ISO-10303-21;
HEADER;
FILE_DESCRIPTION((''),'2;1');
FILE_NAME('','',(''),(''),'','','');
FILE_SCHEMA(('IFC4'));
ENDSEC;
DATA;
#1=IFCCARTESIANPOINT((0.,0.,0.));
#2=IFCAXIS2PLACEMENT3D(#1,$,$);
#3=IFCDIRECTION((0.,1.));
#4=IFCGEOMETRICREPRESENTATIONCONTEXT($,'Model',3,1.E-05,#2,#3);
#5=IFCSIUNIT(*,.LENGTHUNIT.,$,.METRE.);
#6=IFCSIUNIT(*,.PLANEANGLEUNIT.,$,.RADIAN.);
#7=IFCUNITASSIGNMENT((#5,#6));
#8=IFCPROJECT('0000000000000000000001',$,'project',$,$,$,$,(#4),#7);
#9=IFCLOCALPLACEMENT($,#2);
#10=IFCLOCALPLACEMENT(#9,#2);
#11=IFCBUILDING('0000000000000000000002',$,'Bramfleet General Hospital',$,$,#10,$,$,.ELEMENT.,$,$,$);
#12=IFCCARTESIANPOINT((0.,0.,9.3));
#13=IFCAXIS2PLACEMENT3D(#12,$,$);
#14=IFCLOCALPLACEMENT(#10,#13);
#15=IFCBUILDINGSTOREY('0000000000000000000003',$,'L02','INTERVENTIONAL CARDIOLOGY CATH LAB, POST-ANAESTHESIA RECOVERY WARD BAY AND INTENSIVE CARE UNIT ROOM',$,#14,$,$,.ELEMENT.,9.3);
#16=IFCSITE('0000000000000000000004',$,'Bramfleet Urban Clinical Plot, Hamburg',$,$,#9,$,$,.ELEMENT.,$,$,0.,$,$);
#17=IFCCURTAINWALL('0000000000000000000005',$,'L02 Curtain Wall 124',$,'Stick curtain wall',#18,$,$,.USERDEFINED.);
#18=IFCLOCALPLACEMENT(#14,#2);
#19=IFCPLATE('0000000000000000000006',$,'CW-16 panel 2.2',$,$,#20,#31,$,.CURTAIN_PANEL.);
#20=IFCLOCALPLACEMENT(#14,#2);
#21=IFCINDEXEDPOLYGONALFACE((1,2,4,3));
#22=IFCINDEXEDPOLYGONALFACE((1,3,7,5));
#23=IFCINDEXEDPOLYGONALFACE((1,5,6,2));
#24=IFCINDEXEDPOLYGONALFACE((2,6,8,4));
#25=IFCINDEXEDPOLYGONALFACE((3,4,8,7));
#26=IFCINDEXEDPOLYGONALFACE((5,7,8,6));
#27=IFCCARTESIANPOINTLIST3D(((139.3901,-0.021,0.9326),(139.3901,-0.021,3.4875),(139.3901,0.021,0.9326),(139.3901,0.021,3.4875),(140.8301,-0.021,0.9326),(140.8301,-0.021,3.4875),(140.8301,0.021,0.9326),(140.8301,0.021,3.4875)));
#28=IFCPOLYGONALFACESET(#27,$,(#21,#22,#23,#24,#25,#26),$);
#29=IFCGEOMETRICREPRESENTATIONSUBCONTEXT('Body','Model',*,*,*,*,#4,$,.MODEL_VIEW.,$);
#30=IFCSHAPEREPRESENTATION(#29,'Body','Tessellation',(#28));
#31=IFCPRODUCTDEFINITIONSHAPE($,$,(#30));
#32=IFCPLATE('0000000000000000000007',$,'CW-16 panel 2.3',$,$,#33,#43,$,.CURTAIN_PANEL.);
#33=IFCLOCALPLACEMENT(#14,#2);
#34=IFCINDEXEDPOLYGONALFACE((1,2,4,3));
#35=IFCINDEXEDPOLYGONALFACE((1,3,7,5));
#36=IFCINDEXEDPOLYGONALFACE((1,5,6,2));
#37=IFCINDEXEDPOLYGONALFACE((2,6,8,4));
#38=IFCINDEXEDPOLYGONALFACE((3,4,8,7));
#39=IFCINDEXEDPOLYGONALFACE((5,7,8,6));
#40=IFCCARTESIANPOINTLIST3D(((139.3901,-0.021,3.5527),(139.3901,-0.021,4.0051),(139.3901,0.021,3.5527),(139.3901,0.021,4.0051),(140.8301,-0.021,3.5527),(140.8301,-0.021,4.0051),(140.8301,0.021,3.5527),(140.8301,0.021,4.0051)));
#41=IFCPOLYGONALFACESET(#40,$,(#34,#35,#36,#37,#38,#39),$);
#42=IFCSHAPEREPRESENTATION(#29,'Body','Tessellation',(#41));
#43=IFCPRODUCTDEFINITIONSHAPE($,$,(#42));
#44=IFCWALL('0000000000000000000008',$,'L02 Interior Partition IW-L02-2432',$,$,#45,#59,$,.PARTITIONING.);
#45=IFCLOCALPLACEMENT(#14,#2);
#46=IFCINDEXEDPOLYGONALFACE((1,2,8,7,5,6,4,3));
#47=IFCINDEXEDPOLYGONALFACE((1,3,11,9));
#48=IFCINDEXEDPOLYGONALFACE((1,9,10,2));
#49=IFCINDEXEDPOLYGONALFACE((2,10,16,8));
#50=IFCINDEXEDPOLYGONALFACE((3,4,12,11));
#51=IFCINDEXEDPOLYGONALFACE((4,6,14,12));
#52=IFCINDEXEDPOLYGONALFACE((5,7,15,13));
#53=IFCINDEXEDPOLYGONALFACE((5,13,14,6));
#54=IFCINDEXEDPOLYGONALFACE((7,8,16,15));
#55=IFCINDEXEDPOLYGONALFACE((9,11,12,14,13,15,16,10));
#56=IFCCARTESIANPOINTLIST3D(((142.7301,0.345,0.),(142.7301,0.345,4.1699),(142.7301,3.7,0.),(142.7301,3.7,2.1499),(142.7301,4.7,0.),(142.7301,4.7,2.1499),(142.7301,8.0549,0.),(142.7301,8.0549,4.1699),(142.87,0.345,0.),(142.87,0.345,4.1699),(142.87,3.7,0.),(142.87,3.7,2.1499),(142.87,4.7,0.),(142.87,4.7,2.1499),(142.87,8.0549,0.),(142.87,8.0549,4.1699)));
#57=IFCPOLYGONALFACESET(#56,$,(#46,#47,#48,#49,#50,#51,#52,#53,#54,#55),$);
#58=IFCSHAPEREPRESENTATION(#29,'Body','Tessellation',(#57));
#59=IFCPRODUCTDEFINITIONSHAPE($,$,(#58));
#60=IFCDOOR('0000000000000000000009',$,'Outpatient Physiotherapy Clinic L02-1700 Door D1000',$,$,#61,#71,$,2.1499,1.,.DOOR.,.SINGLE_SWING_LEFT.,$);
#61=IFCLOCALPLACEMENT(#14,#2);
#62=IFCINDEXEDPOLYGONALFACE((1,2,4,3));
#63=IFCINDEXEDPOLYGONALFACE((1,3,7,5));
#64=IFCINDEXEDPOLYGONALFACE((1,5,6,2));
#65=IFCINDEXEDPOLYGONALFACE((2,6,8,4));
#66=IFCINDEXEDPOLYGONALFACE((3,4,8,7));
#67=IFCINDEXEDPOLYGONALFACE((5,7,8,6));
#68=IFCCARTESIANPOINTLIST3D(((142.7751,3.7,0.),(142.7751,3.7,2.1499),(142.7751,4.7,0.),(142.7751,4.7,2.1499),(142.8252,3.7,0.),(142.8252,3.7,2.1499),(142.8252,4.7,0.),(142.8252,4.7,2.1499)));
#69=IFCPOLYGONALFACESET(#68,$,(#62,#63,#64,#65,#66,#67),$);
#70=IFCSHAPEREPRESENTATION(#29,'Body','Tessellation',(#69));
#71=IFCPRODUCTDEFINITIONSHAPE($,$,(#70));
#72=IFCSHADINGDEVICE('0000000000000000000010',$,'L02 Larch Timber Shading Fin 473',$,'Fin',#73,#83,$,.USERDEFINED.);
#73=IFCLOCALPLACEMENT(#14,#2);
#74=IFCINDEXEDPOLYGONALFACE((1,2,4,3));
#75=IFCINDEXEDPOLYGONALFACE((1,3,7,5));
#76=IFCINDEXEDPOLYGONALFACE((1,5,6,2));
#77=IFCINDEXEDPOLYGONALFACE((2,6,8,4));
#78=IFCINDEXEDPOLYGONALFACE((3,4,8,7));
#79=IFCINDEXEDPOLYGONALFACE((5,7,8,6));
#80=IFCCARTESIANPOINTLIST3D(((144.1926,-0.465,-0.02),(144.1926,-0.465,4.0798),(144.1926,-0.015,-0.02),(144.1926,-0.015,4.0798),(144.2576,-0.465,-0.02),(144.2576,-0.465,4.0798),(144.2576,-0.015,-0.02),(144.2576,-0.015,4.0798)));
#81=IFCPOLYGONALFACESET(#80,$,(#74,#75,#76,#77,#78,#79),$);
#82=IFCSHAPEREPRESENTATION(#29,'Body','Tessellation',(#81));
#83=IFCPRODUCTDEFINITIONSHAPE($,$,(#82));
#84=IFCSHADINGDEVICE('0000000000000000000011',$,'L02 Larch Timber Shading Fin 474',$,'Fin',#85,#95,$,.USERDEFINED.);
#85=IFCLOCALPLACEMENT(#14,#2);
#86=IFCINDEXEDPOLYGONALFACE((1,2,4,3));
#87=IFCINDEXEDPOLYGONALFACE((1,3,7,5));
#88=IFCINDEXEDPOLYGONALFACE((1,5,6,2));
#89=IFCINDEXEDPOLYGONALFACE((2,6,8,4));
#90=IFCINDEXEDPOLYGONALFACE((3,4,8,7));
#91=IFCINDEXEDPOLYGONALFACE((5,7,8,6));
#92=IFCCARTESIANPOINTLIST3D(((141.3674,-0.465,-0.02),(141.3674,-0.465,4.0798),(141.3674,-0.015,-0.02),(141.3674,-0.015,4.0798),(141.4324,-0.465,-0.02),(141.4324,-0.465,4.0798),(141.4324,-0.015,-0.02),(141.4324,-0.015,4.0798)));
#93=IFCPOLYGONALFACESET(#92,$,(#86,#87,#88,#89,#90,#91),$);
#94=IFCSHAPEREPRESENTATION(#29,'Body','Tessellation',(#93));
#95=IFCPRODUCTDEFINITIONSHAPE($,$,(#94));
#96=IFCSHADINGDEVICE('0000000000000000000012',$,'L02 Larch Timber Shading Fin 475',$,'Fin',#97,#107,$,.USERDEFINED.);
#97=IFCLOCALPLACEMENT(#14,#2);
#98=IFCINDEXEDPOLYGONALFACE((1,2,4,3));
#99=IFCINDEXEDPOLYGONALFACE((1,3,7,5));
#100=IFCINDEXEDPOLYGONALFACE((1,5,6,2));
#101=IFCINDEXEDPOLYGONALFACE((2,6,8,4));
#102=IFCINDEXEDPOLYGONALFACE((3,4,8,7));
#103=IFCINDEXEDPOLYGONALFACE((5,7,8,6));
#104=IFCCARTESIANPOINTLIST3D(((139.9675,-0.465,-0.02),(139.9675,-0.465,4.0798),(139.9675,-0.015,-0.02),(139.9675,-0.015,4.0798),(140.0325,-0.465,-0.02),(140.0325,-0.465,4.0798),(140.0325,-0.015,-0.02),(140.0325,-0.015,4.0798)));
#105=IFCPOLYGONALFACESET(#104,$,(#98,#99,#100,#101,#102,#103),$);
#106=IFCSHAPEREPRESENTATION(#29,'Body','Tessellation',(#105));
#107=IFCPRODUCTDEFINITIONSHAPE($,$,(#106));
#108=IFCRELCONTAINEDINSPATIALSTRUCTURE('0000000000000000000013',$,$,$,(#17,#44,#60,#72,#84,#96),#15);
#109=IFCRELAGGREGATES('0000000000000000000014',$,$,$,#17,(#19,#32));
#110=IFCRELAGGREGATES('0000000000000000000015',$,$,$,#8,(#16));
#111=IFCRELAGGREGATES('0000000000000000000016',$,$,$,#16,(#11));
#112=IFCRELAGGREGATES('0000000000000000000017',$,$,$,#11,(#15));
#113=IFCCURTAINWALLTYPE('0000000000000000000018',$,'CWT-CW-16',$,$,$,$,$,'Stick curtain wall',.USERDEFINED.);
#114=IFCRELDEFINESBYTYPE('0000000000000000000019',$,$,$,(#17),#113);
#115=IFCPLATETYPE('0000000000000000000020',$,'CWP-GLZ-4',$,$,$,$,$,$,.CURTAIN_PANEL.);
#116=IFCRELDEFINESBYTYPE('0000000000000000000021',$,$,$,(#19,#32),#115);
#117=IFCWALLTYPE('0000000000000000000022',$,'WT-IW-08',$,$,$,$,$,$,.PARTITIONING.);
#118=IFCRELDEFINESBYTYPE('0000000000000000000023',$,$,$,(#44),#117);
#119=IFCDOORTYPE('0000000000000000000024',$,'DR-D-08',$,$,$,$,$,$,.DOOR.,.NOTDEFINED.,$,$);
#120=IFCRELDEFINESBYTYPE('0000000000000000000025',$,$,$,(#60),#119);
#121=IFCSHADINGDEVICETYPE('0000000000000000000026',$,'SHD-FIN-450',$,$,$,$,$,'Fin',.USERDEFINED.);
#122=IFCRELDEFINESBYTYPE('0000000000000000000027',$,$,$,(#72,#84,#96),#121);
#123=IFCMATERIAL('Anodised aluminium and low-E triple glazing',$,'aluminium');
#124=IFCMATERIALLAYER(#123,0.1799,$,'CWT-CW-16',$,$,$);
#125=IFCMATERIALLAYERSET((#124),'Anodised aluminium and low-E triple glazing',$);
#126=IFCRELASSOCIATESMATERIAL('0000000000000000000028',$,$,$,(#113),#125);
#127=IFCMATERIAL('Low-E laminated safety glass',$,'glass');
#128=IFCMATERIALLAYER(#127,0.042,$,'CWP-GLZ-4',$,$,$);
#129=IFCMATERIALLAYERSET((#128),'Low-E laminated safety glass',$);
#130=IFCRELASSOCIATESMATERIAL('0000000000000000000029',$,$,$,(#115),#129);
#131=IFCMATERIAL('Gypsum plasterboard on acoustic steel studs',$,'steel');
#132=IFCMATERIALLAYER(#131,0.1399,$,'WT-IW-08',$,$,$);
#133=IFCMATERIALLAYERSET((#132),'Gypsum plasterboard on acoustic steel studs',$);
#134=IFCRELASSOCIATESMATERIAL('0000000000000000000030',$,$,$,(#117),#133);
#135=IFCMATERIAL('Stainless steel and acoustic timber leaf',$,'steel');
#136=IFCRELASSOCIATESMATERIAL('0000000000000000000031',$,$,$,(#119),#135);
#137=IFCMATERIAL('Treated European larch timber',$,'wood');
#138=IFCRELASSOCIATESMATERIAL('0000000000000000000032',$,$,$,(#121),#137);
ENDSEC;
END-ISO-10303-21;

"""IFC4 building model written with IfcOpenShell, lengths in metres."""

from ifc_helpers import new_model, si_unit, direction, frame, frame_2d, origin, origin_2d, place, context, subcontext, project, spatial, rectangle, extrude, material, layer, layer_set, material_profile, profile_set, type_object, element, fill, aggregate, save


model = new_model("IFC4")

# Units and contexts
model_context = context("Model", 3, precision=1e-05, world=origin(), true_north=direction((0.0, 1.0)))
body_context = subcontext(model_context, "Body", "Model", "MODEL_VIEW")
ifc_project = project(units=[si_unit("LENGTHUNIT", "METRE"), si_unit("PLANEANGLEUNIT", "RADIAN")], contexts=[model_context])

# Site, building, storey
site_placement = place(None, origin())
site = spatial("IfcSite", under=ifc_project, at=site_placement, Name="Bramfleet Urban Clinical Plot, Hamburg", CompositionType="ELEMENT", RefElevation=0.0)
building_placement = place(site_placement, origin())
building = spatial("IfcBuilding", under=site, at=building_placement, Name="Bramfleet General Hospital", CompositionType="ELEMENT")
storey_placement = place(building_placement, frame((0.0, 0.0, 9.3)))
storey = spatial("IfcBuildingStorey", under=building, at=storey_placement, Name="L02", Description="INTERVENTIONAL CARDIOLOGY CATH LAB, POST-ANAESTHESIA RECOVERY WARD BAY AND INTENSIVE CARE UNIT ROOM", CompositionType="ELEMENT", Elevation=9.3)

# Curtain wall
ifc_material_1 = material(Name="Anodised aluminium and low-E triple glazing", Category="aluminium")
ifc_layer_1 = layer(ifc_material_1, 0.1799, Name="CWT-CW-16")
ifc_layer_set_1 = layer_set([ifc_layer_1], Name="Anodised aluminium and low-E triple glazing")
curtain_wall_type_1 = type_object("IfcCurtainWallType", Name="CWT-CW-16", ElementType="Stick curtain wall", PredefinedType="USERDEFINED", material=ifc_layer_set_1)
curtain_wall_1_placement = place(storey_placement, origin())
curtain_wall_1 = element("IfcCurtainWall", 1, at=curtain_wall_1_placement, inside=storey, type_object=curtain_wall_type_1, Name="L02 Curtain Wall 124", ObjectType="Stick curtain wall", PredefinedType="USERDEFINED")

# Plates
ifc_material_2 = material(Name="Low-E laminated safety glass", Category="glass")
ifc_layer_2 = layer(ifc_material_2, 0.042, Name="CWP-GLZ-4")
ifc_layer_set_2 = layer_set([ifc_layer_2], Name="Low-E laminated safety glass")
plate_type_1 = type_object("IfcPlateType", Name="CWP-GLZ-4", PredefinedType="CURTAIN_PANEL", material=ifc_layer_set_2)
plate_1_placement = place(storey_placement, frame((140.1101, 0.0, 0.9326), z_axis=(0.0, 0.0, 1.0), x_axis=(-1.0, 0.0, 0.0)))
plate_1 = element("IfcPlate", 2, at=plate_1_placement, type_object=plate_type_1, Name="CW-16 panel 2.2", PredefinedType="CURTAIN_PANEL", context=body_context, shape_type="SweptSolid", body=[
    extrude(rectangle(XDim=1.4399, YDim=0.042, at=origin_2d()), origin(), (0.0, 0.0, 1.0), 2.5549),
])
plate_2_placement = place(storey_placement, frame((140.1101, 0.0, 3.5527), z_axis=(0.0, 0.0, 1.0), x_axis=(-1.0, 0.0, 0.0)))
plate_2 = element("IfcPlate", 3, at=plate_2_placement, type_object=plate_type_1, Name="CW-16 panel 2.3", PredefinedType="CURTAIN_PANEL", context=body_context, shape_type="SweptSolid", body=[
    extrude(rectangle(XDim=1.4399, YDim=0.042, at=origin_2d()), origin(), (0.0, 0.0, 1.0), 0.4524),
])
aggregate(curtain_wall_1, [plate_1, plate_2])

# Wall, opening, door
ifc_material_3 = material(Name="Gypsum plasterboard on acoustic steel studs", Category="steel")
ifc_layer_3 = layer(ifc_material_3, 0.1399, Name="WT-IW-08")
ifc_layer_set_3 = layer_set([ifc_layer_3], Name="Gypsum plasterboard on acoustic steel studs")
wall_type = type_object("IfcWallType", Name="WT-IW-08", PredefinedType="PARTITIONING", material=ifc_layer_set_3)
wall_placement = place(storey_placement, frame((142.8, 0.345, 0.0), z_axis=(0.0, 0.0, 1.0), x_axis=(0.0, 1.0, 0.0)))
wall = element("IfcWall", 4, at=wall_placement, inside=storey, type_object=wall_type, Name="L02 Interior Partition IW-L02-2432", PredefinedType="PARTITIONING", context=body_context, shape_type="SweptSolid", body=[
    extrude(rectangle(XDim=7.71, YDim=0.1399, at=frame_2d((3.855, 0.0))), origin(), (0.0, 0.0, 1.0), 4.1699),
])
opening_placement = place(wall_placement, frame((3.355, 0.0, 0.0)))
opening = element("IfcOpeningElement", 5, at=opening_placement, cuts=wall, PredefinedType="OPENING", context=body_context, shape_type="SweptSolid", body=[
    extrude(rectangle(XDim=1.0, YDim=2.1499, at=frame_2d((0.5, 1.075))), frame((0.0, 0.0798, 0.0), z_axis=(0.0, -1.0, 0.0), x_axis=(1.0, 0.0, 0.0)), (0.0, 0.0, 1.0), 0.1599),
])
ifc_material_4 = material(Name="Stainless steel and acoustic timber leaf", Category="steel")
door_type = type_object("IfcDoorType", Name="DR-D-08", OperationType="NOTDEFINED", PredefinedType="DOOR", material=ifc_material_4)
door_placement = place(opening_placement, origin())
door = element("IfcDoor", 6, at=door_placement, inside=storey, type_object=door_type, Name="Outpatient Physiotherapy Clinic L02-1700 Door D1000", OperationType="SINGLE_SWING_LEFT", OverallHeight=2.1499, OverallWidth=1.0, PredefinedType="DOOR", context=body_context, shape_type="SweptSolid", body=[
    extrude(rectangle(XDim=1.0, YDim=2.1499, at=frame_2d((0.5, 1.075))), frame((0.0, 0.0249, 0.0), z_axis=(0.0, -1.0, 0.0), x_axis=(1.0, 0.0, 0.0)), (0.0, 0.0, 1.0), 0.05),
])
fill(opening, door)

# Shading devices
ifc_material_5 = material(Name="Treated European larch timber", Category="wood")
ifc_material_profile_1 = material_profile(ifc_material_5, rectangle(XDim=0.0649, YDim=0.45, at=origin_2d()), Name="LARCH FIN 450x65")
ifc_profile_set_1 = profile_set([ifc_material_profile_1], Name="Treated European larch timber")
shading_device_type = type_object("IfcShadingDeviceType", Name="SHD-FIN-450", ElementType="Fin", PredefinedType="USERDEFINED", material=ifc_profile_set_1)
for number, where, z_axis, x_axis, name in (
    (7, (144.2251, -0.24, -0.02), (0.0, 0.0, 1.0), (-1.0, 0.0, 0.0), "L02 Larch Timber Shading Fin 473"),
    (8, (141.3999, -0.24, -0.02), (0.0, 0.0, 1.0), (-1.0, 0.0, 0.0), "L02 Larch Timber Shading Fin 474"),
    (9, (140.0, -0.24, -0.02), (0.0, 0.0, 1.0), (-1.0, 0.0, 0.0), "L02 Larch Timber Shading Fin 475"),
):
    element("IfcShadingDevice", number, at=place(storey_placement, frame(where, z_axis=z_axis, x_axis=x_axis)), inside=storey, type_object=shading_device_type, Name=name, ObjectType="Fin", PredefinedType="USERDEFINED", context=body_context, shape_type="SweptSolid", body=[
        extrude(rectangle(XDim=0.0649, YDim=0.45, at=origin_2d()), origin(), (0.0, 0.0, 1.0), 4.0999),
    ])

save(model, "model.ifc")
